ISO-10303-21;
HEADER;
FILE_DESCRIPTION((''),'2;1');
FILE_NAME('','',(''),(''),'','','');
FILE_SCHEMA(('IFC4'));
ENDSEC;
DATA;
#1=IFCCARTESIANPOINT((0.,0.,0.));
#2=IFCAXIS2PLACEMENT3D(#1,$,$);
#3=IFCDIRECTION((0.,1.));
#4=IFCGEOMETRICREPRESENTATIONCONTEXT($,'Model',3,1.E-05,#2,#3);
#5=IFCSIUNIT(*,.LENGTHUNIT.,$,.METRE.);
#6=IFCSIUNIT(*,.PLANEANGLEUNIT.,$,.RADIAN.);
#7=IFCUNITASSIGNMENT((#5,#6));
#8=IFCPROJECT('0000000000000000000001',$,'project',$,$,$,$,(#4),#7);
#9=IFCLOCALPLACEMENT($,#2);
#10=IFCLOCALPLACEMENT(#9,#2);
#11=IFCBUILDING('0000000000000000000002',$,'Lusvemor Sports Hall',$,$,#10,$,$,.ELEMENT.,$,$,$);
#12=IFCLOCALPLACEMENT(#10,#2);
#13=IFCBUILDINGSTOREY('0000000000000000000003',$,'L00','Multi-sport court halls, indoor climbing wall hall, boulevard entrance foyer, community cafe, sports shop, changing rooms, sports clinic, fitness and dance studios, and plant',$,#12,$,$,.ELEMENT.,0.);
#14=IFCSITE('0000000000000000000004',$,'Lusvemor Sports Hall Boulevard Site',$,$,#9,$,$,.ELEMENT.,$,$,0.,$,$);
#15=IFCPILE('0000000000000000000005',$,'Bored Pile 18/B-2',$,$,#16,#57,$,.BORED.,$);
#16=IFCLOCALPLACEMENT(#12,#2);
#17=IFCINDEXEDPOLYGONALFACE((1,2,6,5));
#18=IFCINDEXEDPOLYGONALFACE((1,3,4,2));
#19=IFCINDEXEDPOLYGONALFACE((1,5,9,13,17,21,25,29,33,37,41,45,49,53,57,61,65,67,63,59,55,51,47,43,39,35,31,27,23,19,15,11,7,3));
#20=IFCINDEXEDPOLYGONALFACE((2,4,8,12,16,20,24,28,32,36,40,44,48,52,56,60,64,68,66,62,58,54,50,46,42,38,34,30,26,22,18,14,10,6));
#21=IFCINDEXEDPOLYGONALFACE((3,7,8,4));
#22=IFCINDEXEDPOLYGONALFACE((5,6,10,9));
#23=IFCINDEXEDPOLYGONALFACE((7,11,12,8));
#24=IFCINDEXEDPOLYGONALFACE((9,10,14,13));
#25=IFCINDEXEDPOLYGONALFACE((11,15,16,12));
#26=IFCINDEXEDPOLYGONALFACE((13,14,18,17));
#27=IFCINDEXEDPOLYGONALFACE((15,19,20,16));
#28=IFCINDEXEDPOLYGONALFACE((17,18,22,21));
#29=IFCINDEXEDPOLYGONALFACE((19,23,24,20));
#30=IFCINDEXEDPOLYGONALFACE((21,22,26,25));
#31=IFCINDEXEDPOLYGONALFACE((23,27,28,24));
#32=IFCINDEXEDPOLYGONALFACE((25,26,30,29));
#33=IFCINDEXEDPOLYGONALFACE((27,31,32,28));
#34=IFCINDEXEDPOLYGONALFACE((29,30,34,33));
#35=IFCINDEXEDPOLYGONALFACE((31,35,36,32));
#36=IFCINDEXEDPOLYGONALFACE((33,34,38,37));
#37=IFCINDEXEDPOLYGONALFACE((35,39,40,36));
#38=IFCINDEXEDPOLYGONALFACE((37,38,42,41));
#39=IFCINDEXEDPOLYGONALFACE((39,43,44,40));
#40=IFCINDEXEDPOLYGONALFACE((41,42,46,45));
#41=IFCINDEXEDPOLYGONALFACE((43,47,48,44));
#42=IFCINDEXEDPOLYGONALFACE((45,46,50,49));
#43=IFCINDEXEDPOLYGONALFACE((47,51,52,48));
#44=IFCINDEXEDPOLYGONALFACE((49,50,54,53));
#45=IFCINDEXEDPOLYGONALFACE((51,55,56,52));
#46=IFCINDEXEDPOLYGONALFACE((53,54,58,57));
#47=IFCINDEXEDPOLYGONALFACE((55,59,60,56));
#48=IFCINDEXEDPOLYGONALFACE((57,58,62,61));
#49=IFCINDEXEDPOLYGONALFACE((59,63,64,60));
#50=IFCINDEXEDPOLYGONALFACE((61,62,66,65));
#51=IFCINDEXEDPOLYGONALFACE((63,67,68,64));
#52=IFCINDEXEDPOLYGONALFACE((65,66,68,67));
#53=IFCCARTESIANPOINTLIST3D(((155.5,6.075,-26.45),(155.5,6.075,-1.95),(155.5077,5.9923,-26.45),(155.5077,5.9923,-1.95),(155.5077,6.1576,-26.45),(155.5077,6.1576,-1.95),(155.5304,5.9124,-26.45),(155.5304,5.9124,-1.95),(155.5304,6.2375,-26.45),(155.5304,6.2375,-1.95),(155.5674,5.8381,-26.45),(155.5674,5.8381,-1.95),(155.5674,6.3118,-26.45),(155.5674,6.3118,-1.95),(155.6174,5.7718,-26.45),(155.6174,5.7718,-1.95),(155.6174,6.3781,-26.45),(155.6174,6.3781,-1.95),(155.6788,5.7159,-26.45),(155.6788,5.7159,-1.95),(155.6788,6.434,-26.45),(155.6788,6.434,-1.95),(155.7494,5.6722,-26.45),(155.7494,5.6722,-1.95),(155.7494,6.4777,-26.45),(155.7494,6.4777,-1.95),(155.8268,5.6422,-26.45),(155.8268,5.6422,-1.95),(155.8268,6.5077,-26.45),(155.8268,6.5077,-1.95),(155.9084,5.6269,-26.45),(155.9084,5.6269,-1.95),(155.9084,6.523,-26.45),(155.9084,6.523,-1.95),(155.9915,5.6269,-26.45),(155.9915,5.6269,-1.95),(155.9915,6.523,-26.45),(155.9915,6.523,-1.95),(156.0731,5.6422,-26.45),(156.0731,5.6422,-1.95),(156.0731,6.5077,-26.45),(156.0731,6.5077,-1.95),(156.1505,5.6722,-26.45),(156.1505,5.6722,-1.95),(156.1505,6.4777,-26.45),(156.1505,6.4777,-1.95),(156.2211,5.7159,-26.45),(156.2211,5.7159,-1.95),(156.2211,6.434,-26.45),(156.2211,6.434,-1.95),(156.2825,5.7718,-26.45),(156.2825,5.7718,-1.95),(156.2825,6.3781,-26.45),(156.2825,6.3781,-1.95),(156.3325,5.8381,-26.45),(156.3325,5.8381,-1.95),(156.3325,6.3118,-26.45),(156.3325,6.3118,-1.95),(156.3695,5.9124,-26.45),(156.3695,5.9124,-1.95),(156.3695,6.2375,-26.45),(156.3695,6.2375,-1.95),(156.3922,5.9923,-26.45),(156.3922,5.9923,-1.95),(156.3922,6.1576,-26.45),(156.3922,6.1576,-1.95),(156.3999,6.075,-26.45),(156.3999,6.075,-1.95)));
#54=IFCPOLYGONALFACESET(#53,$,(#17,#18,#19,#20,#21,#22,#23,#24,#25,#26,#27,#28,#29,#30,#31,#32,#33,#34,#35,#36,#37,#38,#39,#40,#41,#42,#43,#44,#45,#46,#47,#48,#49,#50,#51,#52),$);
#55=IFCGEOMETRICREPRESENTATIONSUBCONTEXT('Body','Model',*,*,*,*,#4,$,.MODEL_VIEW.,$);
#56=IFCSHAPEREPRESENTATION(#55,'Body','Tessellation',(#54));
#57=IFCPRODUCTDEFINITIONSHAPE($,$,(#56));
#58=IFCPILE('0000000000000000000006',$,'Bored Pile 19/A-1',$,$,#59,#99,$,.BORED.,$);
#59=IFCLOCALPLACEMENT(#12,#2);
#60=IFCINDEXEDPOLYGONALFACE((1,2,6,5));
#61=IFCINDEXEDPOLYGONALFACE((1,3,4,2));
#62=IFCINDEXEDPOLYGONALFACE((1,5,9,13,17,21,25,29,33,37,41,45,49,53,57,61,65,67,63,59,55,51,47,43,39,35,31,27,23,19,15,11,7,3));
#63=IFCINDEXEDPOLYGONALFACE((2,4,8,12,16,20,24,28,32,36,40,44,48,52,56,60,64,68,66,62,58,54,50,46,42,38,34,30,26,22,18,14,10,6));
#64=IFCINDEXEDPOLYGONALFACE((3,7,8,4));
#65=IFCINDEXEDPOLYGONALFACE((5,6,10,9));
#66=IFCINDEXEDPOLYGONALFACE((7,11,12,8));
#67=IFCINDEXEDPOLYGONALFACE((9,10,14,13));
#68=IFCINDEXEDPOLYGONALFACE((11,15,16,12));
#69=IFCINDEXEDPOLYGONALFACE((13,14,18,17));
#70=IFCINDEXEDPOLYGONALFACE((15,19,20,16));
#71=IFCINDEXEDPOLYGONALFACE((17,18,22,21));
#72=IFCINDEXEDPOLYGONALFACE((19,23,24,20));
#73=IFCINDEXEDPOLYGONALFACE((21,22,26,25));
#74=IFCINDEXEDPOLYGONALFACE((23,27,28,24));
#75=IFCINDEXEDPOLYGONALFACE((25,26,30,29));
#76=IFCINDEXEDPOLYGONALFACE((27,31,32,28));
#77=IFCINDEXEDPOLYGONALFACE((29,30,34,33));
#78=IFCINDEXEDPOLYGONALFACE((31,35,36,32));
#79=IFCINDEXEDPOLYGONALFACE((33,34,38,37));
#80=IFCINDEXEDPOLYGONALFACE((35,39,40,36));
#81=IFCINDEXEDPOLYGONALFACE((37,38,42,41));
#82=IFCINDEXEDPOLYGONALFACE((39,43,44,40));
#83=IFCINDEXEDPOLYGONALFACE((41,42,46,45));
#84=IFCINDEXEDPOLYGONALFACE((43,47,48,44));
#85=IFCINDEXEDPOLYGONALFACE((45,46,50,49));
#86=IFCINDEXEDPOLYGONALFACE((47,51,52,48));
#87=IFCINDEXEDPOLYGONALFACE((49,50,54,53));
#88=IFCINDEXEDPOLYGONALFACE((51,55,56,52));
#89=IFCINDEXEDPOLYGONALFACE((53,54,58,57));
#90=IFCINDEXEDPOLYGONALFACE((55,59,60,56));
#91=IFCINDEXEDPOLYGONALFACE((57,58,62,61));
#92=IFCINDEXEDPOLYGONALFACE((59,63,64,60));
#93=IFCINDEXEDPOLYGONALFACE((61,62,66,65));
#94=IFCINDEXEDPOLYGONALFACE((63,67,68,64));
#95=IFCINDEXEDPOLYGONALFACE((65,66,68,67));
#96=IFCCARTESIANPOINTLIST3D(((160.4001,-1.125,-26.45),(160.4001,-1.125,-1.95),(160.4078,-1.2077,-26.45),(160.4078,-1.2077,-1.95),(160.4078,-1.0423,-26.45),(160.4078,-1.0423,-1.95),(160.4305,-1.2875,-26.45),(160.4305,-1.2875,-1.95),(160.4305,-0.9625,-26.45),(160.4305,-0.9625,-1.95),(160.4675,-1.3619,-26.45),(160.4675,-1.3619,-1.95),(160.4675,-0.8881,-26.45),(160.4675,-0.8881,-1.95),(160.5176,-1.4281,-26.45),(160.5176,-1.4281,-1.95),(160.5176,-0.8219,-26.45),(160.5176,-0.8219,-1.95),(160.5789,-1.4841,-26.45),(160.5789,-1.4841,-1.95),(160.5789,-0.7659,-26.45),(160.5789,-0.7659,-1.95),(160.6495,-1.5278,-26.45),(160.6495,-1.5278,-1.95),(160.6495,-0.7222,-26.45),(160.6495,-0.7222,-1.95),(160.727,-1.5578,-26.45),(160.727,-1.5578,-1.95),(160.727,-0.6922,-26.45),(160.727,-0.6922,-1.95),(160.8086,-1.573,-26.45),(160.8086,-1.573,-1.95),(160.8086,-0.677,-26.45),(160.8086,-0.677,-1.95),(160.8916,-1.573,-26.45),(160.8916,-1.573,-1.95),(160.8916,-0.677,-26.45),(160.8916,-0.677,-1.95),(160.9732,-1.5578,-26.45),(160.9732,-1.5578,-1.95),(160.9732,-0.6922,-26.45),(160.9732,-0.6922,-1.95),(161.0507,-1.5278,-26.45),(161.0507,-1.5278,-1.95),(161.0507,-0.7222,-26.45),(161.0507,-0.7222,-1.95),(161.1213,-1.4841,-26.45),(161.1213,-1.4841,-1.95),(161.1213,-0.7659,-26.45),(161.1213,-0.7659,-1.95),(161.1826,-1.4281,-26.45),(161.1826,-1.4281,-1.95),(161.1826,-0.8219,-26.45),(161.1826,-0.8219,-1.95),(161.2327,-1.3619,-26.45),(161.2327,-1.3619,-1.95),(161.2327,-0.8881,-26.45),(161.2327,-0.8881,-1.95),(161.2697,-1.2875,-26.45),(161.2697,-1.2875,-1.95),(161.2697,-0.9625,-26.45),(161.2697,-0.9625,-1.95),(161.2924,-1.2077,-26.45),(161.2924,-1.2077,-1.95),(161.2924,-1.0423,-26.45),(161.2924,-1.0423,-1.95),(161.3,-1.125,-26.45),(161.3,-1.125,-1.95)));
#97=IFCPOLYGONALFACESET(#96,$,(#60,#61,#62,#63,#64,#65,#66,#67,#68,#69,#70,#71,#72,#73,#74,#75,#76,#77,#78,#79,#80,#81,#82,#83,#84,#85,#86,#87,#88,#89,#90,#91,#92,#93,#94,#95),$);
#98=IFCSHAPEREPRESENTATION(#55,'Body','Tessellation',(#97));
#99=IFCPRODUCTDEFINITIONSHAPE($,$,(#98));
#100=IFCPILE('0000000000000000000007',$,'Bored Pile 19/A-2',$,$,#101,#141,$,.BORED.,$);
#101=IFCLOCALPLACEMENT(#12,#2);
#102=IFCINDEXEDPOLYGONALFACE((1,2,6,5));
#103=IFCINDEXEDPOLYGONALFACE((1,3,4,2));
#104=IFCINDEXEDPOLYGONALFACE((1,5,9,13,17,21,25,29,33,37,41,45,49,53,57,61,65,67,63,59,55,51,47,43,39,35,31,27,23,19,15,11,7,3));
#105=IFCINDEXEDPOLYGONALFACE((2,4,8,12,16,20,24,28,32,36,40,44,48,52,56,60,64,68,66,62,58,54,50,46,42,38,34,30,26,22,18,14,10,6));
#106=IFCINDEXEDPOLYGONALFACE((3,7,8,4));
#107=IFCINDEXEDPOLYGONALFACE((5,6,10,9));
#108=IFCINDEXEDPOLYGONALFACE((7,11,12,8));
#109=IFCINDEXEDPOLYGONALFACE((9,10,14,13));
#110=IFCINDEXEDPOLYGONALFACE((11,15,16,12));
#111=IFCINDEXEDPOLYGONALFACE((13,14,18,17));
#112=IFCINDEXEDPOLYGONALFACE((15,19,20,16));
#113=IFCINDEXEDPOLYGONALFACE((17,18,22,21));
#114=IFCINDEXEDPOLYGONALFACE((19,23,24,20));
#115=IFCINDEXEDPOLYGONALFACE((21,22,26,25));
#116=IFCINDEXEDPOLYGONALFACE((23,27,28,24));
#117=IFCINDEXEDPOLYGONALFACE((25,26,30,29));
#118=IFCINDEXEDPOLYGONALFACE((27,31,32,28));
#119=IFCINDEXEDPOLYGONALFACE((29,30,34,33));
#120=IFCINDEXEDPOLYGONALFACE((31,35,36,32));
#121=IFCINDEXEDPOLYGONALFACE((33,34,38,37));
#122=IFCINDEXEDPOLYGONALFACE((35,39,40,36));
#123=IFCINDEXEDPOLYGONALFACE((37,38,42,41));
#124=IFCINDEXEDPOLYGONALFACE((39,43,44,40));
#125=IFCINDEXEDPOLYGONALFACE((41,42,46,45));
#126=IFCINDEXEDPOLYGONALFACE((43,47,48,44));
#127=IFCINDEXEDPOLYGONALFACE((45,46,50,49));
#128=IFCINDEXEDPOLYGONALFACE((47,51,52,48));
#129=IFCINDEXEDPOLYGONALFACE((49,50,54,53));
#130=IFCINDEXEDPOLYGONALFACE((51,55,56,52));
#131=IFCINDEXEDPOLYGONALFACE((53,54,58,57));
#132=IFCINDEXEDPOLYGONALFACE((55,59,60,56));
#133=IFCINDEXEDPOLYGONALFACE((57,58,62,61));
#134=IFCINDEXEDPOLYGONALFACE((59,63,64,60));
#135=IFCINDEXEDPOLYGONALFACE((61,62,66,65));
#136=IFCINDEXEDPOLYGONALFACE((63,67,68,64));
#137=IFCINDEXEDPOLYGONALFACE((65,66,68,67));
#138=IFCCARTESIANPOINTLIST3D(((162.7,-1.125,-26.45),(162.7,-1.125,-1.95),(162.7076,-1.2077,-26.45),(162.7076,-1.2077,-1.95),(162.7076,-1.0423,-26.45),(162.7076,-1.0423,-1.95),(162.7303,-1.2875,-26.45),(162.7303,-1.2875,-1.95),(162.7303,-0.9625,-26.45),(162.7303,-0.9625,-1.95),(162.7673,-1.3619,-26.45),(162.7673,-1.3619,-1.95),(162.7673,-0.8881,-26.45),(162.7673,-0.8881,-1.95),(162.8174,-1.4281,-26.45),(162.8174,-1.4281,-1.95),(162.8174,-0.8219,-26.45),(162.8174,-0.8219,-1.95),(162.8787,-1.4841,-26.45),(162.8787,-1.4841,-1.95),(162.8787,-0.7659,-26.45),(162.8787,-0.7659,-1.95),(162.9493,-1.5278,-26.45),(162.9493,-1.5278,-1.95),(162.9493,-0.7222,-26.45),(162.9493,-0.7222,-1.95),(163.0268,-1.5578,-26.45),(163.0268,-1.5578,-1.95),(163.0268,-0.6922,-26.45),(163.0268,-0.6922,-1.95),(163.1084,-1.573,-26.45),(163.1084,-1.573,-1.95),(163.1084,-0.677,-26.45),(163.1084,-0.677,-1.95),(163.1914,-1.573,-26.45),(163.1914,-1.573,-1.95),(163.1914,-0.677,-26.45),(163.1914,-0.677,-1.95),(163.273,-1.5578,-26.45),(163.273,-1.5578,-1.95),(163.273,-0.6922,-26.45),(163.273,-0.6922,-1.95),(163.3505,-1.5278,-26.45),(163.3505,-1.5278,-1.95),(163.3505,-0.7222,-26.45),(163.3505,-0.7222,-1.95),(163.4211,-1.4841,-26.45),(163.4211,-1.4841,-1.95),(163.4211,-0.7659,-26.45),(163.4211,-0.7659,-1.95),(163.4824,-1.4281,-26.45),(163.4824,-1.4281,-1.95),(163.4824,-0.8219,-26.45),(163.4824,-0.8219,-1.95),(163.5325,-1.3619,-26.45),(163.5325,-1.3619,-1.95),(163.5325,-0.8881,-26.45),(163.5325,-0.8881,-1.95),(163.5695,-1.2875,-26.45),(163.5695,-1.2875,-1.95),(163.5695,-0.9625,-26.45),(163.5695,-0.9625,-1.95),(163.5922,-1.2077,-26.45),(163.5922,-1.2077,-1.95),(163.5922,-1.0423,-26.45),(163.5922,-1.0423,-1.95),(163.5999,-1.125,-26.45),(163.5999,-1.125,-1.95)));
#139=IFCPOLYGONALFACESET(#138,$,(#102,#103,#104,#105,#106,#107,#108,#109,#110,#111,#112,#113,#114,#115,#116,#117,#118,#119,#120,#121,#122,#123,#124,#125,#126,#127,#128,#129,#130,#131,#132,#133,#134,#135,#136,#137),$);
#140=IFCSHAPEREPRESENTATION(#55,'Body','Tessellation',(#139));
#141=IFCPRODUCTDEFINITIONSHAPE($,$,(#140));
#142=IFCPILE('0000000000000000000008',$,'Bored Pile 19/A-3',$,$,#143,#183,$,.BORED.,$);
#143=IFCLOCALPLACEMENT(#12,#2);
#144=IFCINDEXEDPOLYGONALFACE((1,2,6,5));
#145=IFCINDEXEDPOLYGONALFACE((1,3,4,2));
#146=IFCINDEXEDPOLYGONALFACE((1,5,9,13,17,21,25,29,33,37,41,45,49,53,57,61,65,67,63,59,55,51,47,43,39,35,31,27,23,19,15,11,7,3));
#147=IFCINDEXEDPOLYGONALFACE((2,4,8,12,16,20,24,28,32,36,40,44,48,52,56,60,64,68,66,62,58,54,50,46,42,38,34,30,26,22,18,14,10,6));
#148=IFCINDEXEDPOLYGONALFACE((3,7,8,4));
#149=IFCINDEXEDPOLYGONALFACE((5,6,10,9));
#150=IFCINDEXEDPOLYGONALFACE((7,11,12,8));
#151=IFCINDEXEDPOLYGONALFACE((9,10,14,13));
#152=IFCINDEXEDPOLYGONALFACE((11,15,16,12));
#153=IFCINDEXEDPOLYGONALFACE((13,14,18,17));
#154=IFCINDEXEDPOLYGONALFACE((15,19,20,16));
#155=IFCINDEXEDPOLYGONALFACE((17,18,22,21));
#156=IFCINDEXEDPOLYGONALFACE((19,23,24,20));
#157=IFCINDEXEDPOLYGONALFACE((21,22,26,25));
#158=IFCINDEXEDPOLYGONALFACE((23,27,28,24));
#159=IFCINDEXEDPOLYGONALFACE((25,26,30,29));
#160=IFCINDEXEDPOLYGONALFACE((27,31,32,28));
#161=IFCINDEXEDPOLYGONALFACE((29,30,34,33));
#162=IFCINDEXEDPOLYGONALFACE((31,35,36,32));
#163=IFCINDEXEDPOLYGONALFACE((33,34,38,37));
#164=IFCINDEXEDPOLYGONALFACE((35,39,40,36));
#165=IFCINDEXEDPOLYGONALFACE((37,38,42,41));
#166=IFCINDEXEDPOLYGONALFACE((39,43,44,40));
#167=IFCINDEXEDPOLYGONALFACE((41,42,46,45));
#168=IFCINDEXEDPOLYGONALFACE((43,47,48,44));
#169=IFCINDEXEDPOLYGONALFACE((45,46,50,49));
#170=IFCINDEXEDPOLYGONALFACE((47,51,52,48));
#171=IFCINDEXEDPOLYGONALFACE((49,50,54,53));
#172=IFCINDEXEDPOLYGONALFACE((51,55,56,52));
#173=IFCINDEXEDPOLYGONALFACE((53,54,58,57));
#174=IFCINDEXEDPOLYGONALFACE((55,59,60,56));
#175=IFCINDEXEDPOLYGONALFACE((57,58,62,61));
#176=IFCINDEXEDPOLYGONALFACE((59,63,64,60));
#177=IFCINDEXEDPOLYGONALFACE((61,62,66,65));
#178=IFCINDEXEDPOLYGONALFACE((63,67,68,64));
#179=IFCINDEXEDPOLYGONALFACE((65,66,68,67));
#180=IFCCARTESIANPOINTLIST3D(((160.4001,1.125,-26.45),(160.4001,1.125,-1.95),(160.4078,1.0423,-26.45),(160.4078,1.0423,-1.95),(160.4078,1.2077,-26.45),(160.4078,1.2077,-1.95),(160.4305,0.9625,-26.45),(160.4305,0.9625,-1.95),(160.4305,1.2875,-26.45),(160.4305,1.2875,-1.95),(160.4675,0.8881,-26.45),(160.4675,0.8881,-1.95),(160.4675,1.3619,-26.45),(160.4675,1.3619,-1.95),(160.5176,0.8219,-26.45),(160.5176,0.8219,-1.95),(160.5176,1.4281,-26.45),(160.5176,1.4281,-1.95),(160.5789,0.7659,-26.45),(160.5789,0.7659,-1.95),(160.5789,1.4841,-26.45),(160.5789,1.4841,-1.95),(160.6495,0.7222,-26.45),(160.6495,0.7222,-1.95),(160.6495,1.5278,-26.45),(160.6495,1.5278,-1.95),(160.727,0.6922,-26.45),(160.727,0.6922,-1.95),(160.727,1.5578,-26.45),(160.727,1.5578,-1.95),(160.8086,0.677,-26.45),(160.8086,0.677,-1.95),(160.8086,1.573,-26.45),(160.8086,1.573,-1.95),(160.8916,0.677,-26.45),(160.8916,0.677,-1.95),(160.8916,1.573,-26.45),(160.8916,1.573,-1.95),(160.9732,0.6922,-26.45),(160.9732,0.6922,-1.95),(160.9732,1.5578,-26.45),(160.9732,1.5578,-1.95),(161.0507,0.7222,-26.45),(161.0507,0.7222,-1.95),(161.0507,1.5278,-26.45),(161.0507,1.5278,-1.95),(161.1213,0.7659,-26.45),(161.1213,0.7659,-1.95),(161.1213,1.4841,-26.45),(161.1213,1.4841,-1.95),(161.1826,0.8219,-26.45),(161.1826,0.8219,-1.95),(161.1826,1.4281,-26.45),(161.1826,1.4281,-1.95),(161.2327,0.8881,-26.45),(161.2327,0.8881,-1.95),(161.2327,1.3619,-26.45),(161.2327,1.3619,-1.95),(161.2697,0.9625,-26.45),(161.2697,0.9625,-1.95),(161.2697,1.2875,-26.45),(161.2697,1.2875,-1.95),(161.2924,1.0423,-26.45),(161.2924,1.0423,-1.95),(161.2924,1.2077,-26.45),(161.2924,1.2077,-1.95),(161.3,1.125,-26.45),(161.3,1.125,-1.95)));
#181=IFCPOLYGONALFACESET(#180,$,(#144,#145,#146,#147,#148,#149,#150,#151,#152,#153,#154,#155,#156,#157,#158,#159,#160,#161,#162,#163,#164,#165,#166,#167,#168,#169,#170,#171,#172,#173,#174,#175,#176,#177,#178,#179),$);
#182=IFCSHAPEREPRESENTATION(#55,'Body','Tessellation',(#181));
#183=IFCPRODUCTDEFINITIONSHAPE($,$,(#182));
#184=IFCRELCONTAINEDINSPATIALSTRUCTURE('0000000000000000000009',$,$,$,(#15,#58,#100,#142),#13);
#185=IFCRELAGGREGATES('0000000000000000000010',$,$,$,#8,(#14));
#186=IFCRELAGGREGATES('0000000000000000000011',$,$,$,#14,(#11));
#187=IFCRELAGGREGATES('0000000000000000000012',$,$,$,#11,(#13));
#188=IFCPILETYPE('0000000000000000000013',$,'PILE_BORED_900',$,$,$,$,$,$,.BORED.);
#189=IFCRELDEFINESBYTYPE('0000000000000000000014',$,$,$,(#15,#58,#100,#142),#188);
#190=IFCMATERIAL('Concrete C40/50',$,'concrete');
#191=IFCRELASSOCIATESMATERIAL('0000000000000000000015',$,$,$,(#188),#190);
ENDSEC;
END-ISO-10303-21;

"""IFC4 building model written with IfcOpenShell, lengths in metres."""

from ifc_helpers import new_model, si_unit, direction, frame, origin, origin_2d, place, context, subcontext, project, spatial, circle, extrude, material, material_profile, profile_set, type_object, element, save


model = new_model("IFC4")

# Units and contexts
model_context = context("Model", 3, precision=1e-05, world=origin(), true_north=direction((0.0, 1.0)))
body_context = subcontext(model_context, "Body", "Model", "MODEL_VIEW")
ifc_project = project(units=[si_unit("LENGTHUNIT", "METRE"), si_unit("PLANEANGLEUNIT", "RADIAN")], contexts=[model_context])

# Site, building, storey
site_placement = place(None, origin())
site = spatial("IfcSite", under=ifc_project, at=site_placement, Name="Lusvemor Sports Hall Boulevard Site", CompositionType="ELEMENT", RefElevation=0.0)
building_placement = place(site_placement, origin())
building = spatial("IfcBuilding", under=site, at=building_placement, Name="Lusvemor Sports Hall", CompositionType="ELEMENT")
storey_placement = place(building_placement, origin())
storey = spatial("IfcBuildingStorey", under=building, at=storey_placement, Name="L00", Description="Multi-sport court halls, indoor climbing wall hall, boulevard entrance foyer, community cafe, sports shop, changing rooms, sports clinic, fitness and dance studios, and plant", CompositionType="ELEMENT", Elevation=0.0)

# Piles
ifc_material_1 = material(Name="Concrete C40/50", Category="concrete")
ifc_material_profile_1 = material_profile(ifc_material_1, circle(Radius=0.45, at=origin_2d()), Name="PILE900")
ifc_profile_set_1 = profile_set([ifc_material_profile_1], Name="Concrete C40/50")
pile_type = type_object("IfcPileType", Name="PILE_BORED_900", PredefinedType="BORED", material=ifc_profile_set_1)
for number, where, z_axis, x_axis, name in (
    (1, (155.95, 6.075, -1.95), (0.0, 0.0, -1.0), (1.0, 0.0, 0.0), "Bored Pile 18/B-2"),
    (2, (160.8501, -1.125, -1.95), (0.0, 0.0, -1.0), (1.0, 0.0, 0.0), "Bored Pile 19/A-1"),
    (3, (163.1499, -1.125, -1.95), (0.0, 0.0, -1.0), (1.0, 0.0, 0.0), "Bored Pile 19/A-2"),
    (4, (160.8501, 1.125, -1.95), (0.0, 0.0, -1.0), (1.0, 0.0, 0.0), "Bored Pile 19/A-3"),
):
    element("IfcPile", number, at=place(storey_placement, frame(where, z_axis=z_axis, x_axis=x_axis)), inside=storey, type_object=pile_type, Name=name, PredefinedType="BORED", context=body_context, shape_type="SweptSolid", body=[
        extrude(circle(Radius=0.45, at=origin_2d()), origin(), (0.0, 0.0, 1.0), 24.5),
    ])

save(model, "model.ifc")
